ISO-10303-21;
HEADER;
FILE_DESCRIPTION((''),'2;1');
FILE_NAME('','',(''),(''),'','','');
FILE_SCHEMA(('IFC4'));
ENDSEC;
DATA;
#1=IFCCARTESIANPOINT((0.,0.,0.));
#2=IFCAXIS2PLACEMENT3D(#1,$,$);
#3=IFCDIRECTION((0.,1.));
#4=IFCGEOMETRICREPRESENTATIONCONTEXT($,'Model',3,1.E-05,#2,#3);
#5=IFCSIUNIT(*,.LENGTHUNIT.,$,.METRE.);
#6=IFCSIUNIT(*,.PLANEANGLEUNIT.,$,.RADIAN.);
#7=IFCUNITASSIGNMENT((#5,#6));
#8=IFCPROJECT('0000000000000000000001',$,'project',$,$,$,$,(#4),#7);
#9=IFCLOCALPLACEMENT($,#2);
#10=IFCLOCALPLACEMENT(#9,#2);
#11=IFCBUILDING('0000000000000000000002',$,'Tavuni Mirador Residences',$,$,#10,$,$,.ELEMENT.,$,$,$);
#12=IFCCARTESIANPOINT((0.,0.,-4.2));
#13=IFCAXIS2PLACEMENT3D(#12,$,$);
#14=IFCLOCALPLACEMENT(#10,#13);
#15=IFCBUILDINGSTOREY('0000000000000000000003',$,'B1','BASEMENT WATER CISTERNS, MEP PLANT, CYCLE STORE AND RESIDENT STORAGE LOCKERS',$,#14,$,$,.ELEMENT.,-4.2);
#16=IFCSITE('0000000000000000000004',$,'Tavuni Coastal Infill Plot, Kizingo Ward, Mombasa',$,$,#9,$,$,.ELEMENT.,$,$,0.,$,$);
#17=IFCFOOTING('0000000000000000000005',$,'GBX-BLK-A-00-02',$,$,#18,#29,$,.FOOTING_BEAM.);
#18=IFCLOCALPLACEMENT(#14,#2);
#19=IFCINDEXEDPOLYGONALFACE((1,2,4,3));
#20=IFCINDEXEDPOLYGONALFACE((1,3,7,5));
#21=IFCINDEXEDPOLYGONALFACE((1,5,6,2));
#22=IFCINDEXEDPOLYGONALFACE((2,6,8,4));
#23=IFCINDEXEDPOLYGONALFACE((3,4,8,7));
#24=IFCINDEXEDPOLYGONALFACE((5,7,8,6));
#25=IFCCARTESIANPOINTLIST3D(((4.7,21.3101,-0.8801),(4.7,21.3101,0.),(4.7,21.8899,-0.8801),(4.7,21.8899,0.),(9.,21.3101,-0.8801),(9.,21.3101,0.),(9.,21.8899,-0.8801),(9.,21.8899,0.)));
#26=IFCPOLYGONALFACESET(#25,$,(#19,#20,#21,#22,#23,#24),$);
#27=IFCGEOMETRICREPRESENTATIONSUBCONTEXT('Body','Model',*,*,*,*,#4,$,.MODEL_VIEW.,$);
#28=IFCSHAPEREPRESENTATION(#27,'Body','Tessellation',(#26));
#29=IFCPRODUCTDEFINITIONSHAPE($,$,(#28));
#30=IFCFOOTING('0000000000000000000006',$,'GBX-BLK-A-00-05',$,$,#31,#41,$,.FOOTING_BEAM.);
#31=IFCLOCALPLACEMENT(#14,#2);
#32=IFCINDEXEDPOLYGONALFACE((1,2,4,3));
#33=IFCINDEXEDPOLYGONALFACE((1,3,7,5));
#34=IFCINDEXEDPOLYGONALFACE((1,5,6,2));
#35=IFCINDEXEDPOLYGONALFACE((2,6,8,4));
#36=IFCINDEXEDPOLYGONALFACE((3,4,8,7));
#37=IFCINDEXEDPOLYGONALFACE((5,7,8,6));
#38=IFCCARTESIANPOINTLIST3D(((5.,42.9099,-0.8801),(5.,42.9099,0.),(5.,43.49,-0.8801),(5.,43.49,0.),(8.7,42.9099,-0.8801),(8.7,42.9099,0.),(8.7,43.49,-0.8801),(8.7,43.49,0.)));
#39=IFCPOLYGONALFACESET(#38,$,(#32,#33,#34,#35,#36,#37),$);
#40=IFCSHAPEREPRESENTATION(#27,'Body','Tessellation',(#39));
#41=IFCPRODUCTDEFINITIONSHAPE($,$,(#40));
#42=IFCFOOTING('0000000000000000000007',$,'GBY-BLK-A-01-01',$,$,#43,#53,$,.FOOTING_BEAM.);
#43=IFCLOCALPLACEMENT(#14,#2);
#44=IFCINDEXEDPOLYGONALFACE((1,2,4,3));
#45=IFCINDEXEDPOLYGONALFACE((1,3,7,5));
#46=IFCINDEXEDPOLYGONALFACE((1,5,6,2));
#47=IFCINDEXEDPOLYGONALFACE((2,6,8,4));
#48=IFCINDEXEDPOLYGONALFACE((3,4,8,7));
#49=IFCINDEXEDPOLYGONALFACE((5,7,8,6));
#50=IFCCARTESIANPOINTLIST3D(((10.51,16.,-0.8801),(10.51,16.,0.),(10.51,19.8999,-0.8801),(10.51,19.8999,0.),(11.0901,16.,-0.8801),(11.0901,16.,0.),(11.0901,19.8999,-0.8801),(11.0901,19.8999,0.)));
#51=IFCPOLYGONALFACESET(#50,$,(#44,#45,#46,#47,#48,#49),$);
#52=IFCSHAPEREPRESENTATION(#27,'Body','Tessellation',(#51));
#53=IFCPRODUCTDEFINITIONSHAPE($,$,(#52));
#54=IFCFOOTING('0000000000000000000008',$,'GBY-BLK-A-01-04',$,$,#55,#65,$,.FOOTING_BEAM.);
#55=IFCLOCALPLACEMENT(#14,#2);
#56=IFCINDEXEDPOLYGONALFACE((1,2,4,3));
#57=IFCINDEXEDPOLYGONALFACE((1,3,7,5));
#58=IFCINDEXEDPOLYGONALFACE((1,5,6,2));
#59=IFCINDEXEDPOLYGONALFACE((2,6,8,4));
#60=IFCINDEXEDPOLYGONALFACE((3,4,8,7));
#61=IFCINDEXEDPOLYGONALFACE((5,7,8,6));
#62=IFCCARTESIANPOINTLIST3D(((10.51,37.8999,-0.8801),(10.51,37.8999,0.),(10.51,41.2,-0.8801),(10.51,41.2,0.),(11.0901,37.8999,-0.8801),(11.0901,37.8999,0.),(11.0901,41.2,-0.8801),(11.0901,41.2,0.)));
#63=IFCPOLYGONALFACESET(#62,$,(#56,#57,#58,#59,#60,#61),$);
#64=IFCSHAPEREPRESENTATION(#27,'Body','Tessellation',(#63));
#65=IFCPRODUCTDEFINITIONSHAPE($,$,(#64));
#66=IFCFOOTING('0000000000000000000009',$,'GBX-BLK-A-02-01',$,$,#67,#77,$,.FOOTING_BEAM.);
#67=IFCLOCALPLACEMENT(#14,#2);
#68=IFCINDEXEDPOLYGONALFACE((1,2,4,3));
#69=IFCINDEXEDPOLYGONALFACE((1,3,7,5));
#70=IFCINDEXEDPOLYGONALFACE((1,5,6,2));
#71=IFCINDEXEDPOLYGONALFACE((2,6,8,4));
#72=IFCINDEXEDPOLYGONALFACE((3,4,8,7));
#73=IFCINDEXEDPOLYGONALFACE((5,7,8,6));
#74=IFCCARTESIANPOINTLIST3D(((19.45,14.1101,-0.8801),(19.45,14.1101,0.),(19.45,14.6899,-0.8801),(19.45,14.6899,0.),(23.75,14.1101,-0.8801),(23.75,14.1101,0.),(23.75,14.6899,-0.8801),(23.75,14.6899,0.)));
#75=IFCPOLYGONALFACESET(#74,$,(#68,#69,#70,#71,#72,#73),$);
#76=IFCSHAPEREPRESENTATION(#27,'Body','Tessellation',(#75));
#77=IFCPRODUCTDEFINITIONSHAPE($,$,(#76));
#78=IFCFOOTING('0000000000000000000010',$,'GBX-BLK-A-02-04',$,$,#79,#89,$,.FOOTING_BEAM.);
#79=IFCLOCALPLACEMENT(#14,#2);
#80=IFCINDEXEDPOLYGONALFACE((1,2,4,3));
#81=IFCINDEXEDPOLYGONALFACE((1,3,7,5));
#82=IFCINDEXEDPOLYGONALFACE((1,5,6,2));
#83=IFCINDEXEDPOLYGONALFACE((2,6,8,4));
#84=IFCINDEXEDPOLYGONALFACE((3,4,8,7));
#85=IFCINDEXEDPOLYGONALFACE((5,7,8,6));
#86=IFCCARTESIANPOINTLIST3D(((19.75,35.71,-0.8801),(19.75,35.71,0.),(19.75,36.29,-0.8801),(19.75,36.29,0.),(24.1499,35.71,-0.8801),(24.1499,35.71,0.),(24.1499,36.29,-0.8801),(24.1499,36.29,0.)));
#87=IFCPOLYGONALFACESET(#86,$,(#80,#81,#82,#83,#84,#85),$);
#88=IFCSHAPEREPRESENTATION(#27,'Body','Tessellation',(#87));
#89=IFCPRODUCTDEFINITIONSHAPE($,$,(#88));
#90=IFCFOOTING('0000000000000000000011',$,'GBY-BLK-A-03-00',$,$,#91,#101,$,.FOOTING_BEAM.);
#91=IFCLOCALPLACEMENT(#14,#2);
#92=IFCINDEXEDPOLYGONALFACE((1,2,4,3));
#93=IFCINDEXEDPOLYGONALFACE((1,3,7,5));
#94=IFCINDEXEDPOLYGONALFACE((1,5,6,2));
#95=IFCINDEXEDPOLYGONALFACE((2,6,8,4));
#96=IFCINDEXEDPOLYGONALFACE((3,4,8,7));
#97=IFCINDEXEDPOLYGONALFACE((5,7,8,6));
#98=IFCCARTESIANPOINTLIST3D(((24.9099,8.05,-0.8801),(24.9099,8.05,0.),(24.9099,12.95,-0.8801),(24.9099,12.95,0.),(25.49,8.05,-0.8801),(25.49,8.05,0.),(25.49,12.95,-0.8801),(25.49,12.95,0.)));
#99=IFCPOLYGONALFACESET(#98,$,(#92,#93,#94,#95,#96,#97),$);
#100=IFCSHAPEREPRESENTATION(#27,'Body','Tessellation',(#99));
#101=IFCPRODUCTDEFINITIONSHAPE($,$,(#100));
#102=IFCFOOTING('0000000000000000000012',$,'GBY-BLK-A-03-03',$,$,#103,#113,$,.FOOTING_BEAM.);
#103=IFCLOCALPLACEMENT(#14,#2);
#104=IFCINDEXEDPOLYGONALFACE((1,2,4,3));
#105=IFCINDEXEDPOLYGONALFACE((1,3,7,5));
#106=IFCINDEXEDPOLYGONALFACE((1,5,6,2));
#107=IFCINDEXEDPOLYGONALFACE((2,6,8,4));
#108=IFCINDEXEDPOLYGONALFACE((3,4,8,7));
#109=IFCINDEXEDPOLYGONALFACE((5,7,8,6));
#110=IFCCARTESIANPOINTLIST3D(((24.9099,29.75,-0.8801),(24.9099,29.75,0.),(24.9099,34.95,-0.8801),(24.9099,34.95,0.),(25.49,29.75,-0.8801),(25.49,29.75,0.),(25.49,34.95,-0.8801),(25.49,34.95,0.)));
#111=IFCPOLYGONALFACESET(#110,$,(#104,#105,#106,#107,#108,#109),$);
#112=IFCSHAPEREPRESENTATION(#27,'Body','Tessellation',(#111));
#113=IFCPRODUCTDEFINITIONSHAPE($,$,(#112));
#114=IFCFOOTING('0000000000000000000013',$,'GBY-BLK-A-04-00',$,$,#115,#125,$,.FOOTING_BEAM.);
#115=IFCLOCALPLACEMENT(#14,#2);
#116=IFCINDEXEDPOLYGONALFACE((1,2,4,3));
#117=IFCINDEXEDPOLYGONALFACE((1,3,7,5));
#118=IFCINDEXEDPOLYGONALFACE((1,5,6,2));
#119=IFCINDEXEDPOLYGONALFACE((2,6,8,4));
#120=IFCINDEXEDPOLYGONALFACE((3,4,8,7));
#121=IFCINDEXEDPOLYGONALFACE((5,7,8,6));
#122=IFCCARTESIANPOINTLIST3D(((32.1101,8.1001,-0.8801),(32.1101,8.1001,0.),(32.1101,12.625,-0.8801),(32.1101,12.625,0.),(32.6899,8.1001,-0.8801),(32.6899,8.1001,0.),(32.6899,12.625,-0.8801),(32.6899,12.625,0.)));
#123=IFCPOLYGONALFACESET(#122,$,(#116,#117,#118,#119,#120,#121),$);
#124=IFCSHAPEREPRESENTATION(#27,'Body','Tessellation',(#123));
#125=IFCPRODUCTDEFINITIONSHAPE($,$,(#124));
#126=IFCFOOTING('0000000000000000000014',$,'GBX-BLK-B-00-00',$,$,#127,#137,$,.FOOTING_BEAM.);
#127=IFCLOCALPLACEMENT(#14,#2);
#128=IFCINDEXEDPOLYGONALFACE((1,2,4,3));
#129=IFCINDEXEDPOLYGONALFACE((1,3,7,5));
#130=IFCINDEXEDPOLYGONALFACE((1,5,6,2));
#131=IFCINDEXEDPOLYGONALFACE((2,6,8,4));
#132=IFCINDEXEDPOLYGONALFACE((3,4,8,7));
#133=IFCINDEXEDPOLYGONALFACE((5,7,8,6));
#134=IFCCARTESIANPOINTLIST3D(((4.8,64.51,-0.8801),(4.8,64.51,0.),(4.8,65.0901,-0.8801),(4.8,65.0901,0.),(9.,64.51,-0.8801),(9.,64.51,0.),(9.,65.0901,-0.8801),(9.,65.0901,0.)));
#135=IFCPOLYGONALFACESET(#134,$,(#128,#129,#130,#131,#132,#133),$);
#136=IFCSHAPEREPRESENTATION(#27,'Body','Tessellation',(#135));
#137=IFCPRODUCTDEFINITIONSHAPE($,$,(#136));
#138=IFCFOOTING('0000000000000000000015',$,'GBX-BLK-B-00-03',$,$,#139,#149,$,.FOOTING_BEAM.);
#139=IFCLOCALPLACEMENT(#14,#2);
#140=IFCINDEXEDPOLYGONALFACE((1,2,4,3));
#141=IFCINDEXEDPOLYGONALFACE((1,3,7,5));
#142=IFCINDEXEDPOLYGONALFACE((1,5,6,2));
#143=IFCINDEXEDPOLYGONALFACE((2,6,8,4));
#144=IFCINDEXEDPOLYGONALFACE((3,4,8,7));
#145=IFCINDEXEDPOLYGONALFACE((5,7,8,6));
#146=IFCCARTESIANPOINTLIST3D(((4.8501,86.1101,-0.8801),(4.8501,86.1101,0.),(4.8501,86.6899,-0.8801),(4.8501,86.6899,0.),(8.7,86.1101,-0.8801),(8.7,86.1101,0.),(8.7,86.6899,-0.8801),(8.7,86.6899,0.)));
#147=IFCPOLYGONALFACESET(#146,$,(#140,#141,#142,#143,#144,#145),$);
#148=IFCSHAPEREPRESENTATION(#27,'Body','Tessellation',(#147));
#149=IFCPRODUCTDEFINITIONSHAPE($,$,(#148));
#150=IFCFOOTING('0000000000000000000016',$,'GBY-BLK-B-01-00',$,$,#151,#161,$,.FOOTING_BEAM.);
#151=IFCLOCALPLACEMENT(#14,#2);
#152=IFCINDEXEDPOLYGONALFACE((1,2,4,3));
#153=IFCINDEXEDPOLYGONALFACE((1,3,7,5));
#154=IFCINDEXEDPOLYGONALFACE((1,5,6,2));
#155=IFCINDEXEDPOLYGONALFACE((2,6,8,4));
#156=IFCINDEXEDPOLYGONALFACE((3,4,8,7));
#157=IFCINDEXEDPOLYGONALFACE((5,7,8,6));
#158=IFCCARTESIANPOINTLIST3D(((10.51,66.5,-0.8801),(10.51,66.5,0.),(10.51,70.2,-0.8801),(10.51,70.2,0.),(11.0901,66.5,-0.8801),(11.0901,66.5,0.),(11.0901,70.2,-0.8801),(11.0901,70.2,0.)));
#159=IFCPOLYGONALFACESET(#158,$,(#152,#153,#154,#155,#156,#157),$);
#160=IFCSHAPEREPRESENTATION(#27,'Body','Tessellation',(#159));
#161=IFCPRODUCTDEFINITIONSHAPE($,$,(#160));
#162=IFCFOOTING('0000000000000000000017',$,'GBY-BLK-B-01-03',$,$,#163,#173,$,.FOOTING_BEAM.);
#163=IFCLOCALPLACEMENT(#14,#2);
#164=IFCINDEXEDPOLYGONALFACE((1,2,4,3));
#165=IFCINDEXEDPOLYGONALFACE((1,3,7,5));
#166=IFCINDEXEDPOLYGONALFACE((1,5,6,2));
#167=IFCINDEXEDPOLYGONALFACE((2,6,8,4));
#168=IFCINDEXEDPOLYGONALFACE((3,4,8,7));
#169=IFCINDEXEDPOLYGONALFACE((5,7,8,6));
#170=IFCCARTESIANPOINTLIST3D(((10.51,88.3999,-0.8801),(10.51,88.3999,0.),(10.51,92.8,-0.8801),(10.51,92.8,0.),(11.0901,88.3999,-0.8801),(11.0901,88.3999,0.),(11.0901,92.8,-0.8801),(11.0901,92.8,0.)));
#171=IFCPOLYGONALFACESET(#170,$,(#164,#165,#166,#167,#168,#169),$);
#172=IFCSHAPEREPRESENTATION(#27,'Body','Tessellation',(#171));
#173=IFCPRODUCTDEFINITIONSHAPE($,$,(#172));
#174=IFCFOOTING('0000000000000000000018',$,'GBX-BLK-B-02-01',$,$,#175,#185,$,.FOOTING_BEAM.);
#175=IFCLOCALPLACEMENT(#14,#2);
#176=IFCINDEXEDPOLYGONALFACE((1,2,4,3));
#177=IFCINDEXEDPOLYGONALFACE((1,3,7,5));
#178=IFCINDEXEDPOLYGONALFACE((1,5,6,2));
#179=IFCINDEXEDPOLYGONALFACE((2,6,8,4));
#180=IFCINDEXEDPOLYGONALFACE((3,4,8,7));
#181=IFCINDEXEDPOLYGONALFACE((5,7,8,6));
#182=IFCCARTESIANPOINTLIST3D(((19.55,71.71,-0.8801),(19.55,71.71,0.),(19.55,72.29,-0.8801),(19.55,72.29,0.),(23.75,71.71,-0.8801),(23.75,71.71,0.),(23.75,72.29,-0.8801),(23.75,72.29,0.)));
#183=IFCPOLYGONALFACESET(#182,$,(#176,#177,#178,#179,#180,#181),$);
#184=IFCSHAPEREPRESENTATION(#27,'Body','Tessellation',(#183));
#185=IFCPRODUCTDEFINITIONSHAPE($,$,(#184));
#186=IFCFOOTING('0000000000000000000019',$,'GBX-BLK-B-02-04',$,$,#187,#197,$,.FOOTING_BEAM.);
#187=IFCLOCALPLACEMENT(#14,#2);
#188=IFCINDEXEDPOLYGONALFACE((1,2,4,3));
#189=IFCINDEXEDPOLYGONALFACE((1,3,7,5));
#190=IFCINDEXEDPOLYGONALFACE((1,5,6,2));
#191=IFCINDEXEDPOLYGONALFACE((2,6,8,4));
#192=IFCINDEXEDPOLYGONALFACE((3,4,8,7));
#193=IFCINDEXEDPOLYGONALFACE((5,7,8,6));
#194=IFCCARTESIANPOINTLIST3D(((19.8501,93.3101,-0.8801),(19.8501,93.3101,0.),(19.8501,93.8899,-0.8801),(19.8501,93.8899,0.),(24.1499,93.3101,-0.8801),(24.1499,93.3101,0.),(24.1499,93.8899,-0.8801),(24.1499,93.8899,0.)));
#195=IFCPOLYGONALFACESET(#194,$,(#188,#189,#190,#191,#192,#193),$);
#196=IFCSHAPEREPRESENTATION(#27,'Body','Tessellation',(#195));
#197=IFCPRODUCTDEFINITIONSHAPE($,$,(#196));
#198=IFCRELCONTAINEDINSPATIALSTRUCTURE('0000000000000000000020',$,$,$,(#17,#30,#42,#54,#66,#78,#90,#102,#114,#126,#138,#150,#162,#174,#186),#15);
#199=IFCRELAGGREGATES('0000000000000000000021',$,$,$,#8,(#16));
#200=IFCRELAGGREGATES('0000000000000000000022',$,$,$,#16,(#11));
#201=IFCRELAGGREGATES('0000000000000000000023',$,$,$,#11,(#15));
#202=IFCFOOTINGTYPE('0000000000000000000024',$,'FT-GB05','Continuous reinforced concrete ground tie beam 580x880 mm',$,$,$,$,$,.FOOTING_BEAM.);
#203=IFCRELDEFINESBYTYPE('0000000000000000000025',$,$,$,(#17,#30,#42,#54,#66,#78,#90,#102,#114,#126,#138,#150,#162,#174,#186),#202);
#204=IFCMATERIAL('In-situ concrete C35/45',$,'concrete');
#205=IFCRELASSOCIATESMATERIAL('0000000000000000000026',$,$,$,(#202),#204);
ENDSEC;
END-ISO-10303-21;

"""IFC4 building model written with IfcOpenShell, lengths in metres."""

from ifc_helpers import new_model, si_unit, direction, frame, origin, place, context, subcontext, project, spatial, polyline, outline, extrude, material, type_object, element, save


model = new_model("IFC4")

# Units and contexts
model_context = context("Model", 3, precision=1e-05, world=origin(), true_north=direction((0.0, 1.0)))
body_context = subcontext(model_context, "Body", "Model", "MODEL_VIEW")
ifc_project = project(units=[si_unit("LENGTHUNIT", "METRE"), si_unit("PLANEANGLEUNIT", "RADIAN")], contexts=[model_context])

# Site, building, storey
site_placement = place(None, origin())
site = spatial("IfcSite", under=ifc_project, at=site_placement, Name="Tavuni Coastal Infill Plot, Kizingo Ward, Mombasa", CompositionType="ELEMENT", RefElevation=0.0)
building_placement = place(site_placement, origin())
building = spatial("IfcBuilding", under=site, at=building_placement, Name="Tavuni Mirador Residences", CompositionType="ELEMENT")
storey_placement = place(building_placement, frame((0.0, 0.0, -4.2)))
storey = spatial("IfcBuildingStorey", under=building, at=storey_placement, Name="B1", Description="BASEMENT WATER CISTERNS, MEP PLANT, CYCLE STORE AND RESIDENT STORAGE LOCKERS", CompositionType="ELEMENT", Elevation=-4.2)

# Footings
ifc_material = material(Name="In-situ concrete C35/45", Category="concrete")
footing_type_1 = type_object("IfcFootingType", Name="FT-GB05", Description="Continuous reinforced concrete ground tie beam 580x880 mm", PredefinedType="FOOTING_BEAM", material=ifc_material)
footing_1_placement = place(storey_placement, frame((0.0, 0.0, -0.8801)))
element("IfcFooting", 1, at=footing_1_placement, inside=storey, type_object=footing_type_1, Name="GBX-BLK-A-00-02", PredefinedType="FOOTING_BEAM", context=body_context, shape_type="SweptSolid", body=[
    extrude(outline(polyline([(4.7, 21.3101), (9.0, 21.3101), (9.0, 21.8899), (4.7, 21.8899), (4.7, 21.3101)])), origin(), (0.0, 0.0, 1.0), 0.8801),
])
footing_2_placement = place(storey_placement, frame((0.0, 0.0, -0.8801)))
element("IfcFooting", 2, at=footing_2_placement, inside=storey, type_object=footing_type_1, Name="GBX-BLK-A-00-05", PredefinedType="FOOTING_BEAM", context=body_context, shape_type="SweptSolid", body=[
    extrude(outline(polyline([(5.0, 42.9099), (8.7, 42.9099), (8.7, 43.49), (5.0, 43.49), (5.0, 42.9099)])), origin(), (0.0, 0.0, 1.0), 0.8801),
])
footing_3_placement = place(storey_placement, frame((0.0, 0.0, -0.8801)))
element("IfcFooting", 3, at=footing_3_placement, inside=storey, type_object=footing_type_1, Name="GBY-BLK-A-01-01", PredefinedType="FOOTING_BEAM", context=body_context, shape_type="SweptSolid", body=[
    extrude(outline(polyline([(10.51, 16.0), (11.0901, 16.0), (11.0901, 19.8999), (10.51, 19.8999), (10.51, 16.0)])), origin(), (0.0, 0.0, 1.0), 0.8801),
])
footing_4_placement = place(storey_placement, frame((0.0, 0.0, -0.8801)))
element("IfcFooting", 4, at=footing_4_placement, inside=storey, type_object=footing_type_1, Name="GBY-BLK-A-01-04", PredefinedType="FOOTING_BEAM", context=body_context, shape_type="SweptSolid", body=[
    extrude(outline(polyline([(10.51, 37.8999), (11.0901, 37.8999), (11.0901, 41.2), (10.51, 41.2), (10.51, 37.8999)])), origin(), (0.0, 0.0, 1.0), 0.8801),
])
footing_5_placement = place(storey_placement, frame((0.0, 0.0, -0.8801)))
element("IfcFooting", 5, at=footing_5_placement, inside=storey, type_object=footing_type_1, Name="GBX-BLK-A-02-01", PredefinedType="FOOTING_BEAM", context=body_context, shape_type="SweptSolid", body=[
    extrude(outline(polyline([(19.45, 14.1101), (23.75, 14.1101), (23.75, 14.6899), (19.45, 14.6899), (19.45, 14.1101)])), origin(), (0.0, 0.0, 1.0), 0.8801),
])
footing_6_placement = place(storey_placement, frame((0.0, 0.0, -0.8801)))
element("IfcFooting", 6, at=footing_6_placement, inside=storey, type_object=footing_type_1, Name="GBX-BLK-A-02-04", PredefinedType="FOOTING_BEAM", context=body_context, shape_type="SweptSolid", body=[
    extrude(outline(polyline([(19.75, 35.71), (24.1499, 35.71), (24.1499, 36.29), (19.75, 36.29), (19.75, 35.71)])), origin(), (0.0, 0.0, 1.0), 0.8801),
])
footing_7_placement = place(storey_placement, frame((0.0, 0.0, -0.8801)))
element("IfcFooting", 7, at=footing_7_placement, inside=storey, type_object=footing_type_1, Name="GBY-BLK-A-03-00", PredefinedType="FOOTING_BEAM", context=body_context, shape_type="SweptSolid", body=[
    extrude(outline(polyline([(24.9099, 8.05), (25.49, 8.05), (25.49, 12.95), (24.9099, 12.95), (24.9099, 8.05)])), origin(), (0.0, 0.0, 1.0), 0.8801),
])
footing_8_placement = place(storey_placement, frame((0.0, 0.0, -0.8801)))
element("IfcFooting", 8, at=footing_8_placement, inside=storey, type_object=footing_type_1, Name="GBY-BLK-A-03-03", PredefinedType="FOOTING_BEAM", context=body_context, shape_type="SweptSolid", body=[
    extrude(outline(polyline([(24.9099, 29.75), (25.49, 29.75), (25.49, 34.95), (24.9099, 34.95), (24.9099, 29.75)])), origin(), (0.0, 0.0, 1.0), 0.8801),
])
footing_9_placement = place(storey_placement, frame((0.0, 0.0, -0.8801)))
element("IfcFooting", 9, at=footing_9_placement, inside=storey, type_object=footing_type_1, Name="GBY-BLK-A-04-00", PredefinedType="FOOTING_BEAM", context=body_context, shape_type="SweptSolid", body=[
    extrude(outline(polyline([(32.1101, 8.1001), (32.6899, 8.1001), (32.6899, 12.625), (32.1101, 12.625), (32.1101, 8.1001)])), origin(), (0.0, 0.0, 1.0), 0.8801),
])
footing_10_placement = place(storey_placement, frame((0.0, 0.0, -0.8801)))
element("IfcFooting", 10, at=footing_10_placement, inside=storey, type_object=footing_type_1, Name="GBX-BLK-B-00-00", PredefinedType="FOOTING_BEAM", context=body_context, shape_type="SweptSolid", body=[
    extrude(outline(polyline([(4.8, 64.51), (9.0, 64.51), (9.0, 65.0901), (4.8, 65.0901), (4.8, 64.51)])), origin(), (0.0, 0.0, 1.0), 0.8801),
])
footing_11_placement = place(storey_placement, frame((0.0, 0.0, -0.8801)))
element("IfcFooting", 11, at=footing_11_placement, inside=storey, type_object=footing_type_1, Name="GBX-BLK-B-00-03", PredefinedType="FOOTING_BEAM", context=body_context, shape_type="SweptSolid", body=[
    extrude(outline(polyline([(4.8501, 86.1101), (8.7, 86.1101), (8.7, 86.6899), (4.8501, 86.6899), (4.8501, 86.1101)])), origin(), (0.0, 0.0, 1.0), 0.8801),
])
footing_12_placement = place(storey_placement, frame((0.0, 0.0, -0.8801)))
element("IfcFooting", 12, at=footing_12_placement, inside=storey, type_object=footing_type_1, Name="GBY-BLK-B-01-00", PredefinedType="FOOTING_BEAM", context=body_context, shape_type="SweptSolid", body=[
    extrude(outline(polyline([(10.51, 66.5), (11.0901, 66.5), (11.0901, 70.2), (10.51, 70.2), (10.51, 66.5)])), origin(), (0.0, 0.0, 1.0), 0.8801),
])
footing_13_placement = place(storey_placement, frame((0.0, 0.0, -0.8801)))
element("IfcFooting", 13, at=footing_13_placement, inside=storey, type_object=footing_type_1, Name="GBY-BLK-B-01-03", PredefinedType="FOOTING_BEAM", context=body_context, shape_type="SweptSolid", body=[
    extrude(outline(polyline([(10.51, 88.3999), (11.0901, 88.3999), (11.0901, 92.8), (10.51, 92.8), (10.51, 88.3999)])), origin(), (0.0, 0.0, 1.0), 0.8801),
])
footing_14_placement = place(storey_placement, frame((0.0, 0.0, -0.8801)))
element("IfcFooting", 14, at=footing_14_placement, inside=storey, type_object=footing_type_1, Name="GBX-BLK-B-02-01", PredefinedType="FOOTING_BEAM", context=body_context, shape_type="SweptSolid", body=[
    extrude(outline(polyline([(19.55, 71.71), (23.75, 71.71), (23.75, 72.29), (19.55, 72.29), (19.55, 71.71)])), origin(), (0.0, 0.0, 1.0), 0.8801),
])
footing_15_placement = place(storey_placement, frame((0.0, 0.0, -0.8801)))
element("IfcFooting", 15, at=footing_15_placement, inside=storey, type_object=footing_type_1, Name="GBX-BLK-B-02-04", PredefinedType="FOOTING_BEAM", context=body_context, shape_type="SweptSolid", body=[
    extrude(outline(polyline([(19.8501, 93.3101), (24.1499, 93.3101), (24.1499, 93.8899), (19.8501, 93.8899), (19.8501, 93.3101)])), origin(), (0.0, 0.0, 1.0), 0.8801),
])

save(model, "model.ifc")
